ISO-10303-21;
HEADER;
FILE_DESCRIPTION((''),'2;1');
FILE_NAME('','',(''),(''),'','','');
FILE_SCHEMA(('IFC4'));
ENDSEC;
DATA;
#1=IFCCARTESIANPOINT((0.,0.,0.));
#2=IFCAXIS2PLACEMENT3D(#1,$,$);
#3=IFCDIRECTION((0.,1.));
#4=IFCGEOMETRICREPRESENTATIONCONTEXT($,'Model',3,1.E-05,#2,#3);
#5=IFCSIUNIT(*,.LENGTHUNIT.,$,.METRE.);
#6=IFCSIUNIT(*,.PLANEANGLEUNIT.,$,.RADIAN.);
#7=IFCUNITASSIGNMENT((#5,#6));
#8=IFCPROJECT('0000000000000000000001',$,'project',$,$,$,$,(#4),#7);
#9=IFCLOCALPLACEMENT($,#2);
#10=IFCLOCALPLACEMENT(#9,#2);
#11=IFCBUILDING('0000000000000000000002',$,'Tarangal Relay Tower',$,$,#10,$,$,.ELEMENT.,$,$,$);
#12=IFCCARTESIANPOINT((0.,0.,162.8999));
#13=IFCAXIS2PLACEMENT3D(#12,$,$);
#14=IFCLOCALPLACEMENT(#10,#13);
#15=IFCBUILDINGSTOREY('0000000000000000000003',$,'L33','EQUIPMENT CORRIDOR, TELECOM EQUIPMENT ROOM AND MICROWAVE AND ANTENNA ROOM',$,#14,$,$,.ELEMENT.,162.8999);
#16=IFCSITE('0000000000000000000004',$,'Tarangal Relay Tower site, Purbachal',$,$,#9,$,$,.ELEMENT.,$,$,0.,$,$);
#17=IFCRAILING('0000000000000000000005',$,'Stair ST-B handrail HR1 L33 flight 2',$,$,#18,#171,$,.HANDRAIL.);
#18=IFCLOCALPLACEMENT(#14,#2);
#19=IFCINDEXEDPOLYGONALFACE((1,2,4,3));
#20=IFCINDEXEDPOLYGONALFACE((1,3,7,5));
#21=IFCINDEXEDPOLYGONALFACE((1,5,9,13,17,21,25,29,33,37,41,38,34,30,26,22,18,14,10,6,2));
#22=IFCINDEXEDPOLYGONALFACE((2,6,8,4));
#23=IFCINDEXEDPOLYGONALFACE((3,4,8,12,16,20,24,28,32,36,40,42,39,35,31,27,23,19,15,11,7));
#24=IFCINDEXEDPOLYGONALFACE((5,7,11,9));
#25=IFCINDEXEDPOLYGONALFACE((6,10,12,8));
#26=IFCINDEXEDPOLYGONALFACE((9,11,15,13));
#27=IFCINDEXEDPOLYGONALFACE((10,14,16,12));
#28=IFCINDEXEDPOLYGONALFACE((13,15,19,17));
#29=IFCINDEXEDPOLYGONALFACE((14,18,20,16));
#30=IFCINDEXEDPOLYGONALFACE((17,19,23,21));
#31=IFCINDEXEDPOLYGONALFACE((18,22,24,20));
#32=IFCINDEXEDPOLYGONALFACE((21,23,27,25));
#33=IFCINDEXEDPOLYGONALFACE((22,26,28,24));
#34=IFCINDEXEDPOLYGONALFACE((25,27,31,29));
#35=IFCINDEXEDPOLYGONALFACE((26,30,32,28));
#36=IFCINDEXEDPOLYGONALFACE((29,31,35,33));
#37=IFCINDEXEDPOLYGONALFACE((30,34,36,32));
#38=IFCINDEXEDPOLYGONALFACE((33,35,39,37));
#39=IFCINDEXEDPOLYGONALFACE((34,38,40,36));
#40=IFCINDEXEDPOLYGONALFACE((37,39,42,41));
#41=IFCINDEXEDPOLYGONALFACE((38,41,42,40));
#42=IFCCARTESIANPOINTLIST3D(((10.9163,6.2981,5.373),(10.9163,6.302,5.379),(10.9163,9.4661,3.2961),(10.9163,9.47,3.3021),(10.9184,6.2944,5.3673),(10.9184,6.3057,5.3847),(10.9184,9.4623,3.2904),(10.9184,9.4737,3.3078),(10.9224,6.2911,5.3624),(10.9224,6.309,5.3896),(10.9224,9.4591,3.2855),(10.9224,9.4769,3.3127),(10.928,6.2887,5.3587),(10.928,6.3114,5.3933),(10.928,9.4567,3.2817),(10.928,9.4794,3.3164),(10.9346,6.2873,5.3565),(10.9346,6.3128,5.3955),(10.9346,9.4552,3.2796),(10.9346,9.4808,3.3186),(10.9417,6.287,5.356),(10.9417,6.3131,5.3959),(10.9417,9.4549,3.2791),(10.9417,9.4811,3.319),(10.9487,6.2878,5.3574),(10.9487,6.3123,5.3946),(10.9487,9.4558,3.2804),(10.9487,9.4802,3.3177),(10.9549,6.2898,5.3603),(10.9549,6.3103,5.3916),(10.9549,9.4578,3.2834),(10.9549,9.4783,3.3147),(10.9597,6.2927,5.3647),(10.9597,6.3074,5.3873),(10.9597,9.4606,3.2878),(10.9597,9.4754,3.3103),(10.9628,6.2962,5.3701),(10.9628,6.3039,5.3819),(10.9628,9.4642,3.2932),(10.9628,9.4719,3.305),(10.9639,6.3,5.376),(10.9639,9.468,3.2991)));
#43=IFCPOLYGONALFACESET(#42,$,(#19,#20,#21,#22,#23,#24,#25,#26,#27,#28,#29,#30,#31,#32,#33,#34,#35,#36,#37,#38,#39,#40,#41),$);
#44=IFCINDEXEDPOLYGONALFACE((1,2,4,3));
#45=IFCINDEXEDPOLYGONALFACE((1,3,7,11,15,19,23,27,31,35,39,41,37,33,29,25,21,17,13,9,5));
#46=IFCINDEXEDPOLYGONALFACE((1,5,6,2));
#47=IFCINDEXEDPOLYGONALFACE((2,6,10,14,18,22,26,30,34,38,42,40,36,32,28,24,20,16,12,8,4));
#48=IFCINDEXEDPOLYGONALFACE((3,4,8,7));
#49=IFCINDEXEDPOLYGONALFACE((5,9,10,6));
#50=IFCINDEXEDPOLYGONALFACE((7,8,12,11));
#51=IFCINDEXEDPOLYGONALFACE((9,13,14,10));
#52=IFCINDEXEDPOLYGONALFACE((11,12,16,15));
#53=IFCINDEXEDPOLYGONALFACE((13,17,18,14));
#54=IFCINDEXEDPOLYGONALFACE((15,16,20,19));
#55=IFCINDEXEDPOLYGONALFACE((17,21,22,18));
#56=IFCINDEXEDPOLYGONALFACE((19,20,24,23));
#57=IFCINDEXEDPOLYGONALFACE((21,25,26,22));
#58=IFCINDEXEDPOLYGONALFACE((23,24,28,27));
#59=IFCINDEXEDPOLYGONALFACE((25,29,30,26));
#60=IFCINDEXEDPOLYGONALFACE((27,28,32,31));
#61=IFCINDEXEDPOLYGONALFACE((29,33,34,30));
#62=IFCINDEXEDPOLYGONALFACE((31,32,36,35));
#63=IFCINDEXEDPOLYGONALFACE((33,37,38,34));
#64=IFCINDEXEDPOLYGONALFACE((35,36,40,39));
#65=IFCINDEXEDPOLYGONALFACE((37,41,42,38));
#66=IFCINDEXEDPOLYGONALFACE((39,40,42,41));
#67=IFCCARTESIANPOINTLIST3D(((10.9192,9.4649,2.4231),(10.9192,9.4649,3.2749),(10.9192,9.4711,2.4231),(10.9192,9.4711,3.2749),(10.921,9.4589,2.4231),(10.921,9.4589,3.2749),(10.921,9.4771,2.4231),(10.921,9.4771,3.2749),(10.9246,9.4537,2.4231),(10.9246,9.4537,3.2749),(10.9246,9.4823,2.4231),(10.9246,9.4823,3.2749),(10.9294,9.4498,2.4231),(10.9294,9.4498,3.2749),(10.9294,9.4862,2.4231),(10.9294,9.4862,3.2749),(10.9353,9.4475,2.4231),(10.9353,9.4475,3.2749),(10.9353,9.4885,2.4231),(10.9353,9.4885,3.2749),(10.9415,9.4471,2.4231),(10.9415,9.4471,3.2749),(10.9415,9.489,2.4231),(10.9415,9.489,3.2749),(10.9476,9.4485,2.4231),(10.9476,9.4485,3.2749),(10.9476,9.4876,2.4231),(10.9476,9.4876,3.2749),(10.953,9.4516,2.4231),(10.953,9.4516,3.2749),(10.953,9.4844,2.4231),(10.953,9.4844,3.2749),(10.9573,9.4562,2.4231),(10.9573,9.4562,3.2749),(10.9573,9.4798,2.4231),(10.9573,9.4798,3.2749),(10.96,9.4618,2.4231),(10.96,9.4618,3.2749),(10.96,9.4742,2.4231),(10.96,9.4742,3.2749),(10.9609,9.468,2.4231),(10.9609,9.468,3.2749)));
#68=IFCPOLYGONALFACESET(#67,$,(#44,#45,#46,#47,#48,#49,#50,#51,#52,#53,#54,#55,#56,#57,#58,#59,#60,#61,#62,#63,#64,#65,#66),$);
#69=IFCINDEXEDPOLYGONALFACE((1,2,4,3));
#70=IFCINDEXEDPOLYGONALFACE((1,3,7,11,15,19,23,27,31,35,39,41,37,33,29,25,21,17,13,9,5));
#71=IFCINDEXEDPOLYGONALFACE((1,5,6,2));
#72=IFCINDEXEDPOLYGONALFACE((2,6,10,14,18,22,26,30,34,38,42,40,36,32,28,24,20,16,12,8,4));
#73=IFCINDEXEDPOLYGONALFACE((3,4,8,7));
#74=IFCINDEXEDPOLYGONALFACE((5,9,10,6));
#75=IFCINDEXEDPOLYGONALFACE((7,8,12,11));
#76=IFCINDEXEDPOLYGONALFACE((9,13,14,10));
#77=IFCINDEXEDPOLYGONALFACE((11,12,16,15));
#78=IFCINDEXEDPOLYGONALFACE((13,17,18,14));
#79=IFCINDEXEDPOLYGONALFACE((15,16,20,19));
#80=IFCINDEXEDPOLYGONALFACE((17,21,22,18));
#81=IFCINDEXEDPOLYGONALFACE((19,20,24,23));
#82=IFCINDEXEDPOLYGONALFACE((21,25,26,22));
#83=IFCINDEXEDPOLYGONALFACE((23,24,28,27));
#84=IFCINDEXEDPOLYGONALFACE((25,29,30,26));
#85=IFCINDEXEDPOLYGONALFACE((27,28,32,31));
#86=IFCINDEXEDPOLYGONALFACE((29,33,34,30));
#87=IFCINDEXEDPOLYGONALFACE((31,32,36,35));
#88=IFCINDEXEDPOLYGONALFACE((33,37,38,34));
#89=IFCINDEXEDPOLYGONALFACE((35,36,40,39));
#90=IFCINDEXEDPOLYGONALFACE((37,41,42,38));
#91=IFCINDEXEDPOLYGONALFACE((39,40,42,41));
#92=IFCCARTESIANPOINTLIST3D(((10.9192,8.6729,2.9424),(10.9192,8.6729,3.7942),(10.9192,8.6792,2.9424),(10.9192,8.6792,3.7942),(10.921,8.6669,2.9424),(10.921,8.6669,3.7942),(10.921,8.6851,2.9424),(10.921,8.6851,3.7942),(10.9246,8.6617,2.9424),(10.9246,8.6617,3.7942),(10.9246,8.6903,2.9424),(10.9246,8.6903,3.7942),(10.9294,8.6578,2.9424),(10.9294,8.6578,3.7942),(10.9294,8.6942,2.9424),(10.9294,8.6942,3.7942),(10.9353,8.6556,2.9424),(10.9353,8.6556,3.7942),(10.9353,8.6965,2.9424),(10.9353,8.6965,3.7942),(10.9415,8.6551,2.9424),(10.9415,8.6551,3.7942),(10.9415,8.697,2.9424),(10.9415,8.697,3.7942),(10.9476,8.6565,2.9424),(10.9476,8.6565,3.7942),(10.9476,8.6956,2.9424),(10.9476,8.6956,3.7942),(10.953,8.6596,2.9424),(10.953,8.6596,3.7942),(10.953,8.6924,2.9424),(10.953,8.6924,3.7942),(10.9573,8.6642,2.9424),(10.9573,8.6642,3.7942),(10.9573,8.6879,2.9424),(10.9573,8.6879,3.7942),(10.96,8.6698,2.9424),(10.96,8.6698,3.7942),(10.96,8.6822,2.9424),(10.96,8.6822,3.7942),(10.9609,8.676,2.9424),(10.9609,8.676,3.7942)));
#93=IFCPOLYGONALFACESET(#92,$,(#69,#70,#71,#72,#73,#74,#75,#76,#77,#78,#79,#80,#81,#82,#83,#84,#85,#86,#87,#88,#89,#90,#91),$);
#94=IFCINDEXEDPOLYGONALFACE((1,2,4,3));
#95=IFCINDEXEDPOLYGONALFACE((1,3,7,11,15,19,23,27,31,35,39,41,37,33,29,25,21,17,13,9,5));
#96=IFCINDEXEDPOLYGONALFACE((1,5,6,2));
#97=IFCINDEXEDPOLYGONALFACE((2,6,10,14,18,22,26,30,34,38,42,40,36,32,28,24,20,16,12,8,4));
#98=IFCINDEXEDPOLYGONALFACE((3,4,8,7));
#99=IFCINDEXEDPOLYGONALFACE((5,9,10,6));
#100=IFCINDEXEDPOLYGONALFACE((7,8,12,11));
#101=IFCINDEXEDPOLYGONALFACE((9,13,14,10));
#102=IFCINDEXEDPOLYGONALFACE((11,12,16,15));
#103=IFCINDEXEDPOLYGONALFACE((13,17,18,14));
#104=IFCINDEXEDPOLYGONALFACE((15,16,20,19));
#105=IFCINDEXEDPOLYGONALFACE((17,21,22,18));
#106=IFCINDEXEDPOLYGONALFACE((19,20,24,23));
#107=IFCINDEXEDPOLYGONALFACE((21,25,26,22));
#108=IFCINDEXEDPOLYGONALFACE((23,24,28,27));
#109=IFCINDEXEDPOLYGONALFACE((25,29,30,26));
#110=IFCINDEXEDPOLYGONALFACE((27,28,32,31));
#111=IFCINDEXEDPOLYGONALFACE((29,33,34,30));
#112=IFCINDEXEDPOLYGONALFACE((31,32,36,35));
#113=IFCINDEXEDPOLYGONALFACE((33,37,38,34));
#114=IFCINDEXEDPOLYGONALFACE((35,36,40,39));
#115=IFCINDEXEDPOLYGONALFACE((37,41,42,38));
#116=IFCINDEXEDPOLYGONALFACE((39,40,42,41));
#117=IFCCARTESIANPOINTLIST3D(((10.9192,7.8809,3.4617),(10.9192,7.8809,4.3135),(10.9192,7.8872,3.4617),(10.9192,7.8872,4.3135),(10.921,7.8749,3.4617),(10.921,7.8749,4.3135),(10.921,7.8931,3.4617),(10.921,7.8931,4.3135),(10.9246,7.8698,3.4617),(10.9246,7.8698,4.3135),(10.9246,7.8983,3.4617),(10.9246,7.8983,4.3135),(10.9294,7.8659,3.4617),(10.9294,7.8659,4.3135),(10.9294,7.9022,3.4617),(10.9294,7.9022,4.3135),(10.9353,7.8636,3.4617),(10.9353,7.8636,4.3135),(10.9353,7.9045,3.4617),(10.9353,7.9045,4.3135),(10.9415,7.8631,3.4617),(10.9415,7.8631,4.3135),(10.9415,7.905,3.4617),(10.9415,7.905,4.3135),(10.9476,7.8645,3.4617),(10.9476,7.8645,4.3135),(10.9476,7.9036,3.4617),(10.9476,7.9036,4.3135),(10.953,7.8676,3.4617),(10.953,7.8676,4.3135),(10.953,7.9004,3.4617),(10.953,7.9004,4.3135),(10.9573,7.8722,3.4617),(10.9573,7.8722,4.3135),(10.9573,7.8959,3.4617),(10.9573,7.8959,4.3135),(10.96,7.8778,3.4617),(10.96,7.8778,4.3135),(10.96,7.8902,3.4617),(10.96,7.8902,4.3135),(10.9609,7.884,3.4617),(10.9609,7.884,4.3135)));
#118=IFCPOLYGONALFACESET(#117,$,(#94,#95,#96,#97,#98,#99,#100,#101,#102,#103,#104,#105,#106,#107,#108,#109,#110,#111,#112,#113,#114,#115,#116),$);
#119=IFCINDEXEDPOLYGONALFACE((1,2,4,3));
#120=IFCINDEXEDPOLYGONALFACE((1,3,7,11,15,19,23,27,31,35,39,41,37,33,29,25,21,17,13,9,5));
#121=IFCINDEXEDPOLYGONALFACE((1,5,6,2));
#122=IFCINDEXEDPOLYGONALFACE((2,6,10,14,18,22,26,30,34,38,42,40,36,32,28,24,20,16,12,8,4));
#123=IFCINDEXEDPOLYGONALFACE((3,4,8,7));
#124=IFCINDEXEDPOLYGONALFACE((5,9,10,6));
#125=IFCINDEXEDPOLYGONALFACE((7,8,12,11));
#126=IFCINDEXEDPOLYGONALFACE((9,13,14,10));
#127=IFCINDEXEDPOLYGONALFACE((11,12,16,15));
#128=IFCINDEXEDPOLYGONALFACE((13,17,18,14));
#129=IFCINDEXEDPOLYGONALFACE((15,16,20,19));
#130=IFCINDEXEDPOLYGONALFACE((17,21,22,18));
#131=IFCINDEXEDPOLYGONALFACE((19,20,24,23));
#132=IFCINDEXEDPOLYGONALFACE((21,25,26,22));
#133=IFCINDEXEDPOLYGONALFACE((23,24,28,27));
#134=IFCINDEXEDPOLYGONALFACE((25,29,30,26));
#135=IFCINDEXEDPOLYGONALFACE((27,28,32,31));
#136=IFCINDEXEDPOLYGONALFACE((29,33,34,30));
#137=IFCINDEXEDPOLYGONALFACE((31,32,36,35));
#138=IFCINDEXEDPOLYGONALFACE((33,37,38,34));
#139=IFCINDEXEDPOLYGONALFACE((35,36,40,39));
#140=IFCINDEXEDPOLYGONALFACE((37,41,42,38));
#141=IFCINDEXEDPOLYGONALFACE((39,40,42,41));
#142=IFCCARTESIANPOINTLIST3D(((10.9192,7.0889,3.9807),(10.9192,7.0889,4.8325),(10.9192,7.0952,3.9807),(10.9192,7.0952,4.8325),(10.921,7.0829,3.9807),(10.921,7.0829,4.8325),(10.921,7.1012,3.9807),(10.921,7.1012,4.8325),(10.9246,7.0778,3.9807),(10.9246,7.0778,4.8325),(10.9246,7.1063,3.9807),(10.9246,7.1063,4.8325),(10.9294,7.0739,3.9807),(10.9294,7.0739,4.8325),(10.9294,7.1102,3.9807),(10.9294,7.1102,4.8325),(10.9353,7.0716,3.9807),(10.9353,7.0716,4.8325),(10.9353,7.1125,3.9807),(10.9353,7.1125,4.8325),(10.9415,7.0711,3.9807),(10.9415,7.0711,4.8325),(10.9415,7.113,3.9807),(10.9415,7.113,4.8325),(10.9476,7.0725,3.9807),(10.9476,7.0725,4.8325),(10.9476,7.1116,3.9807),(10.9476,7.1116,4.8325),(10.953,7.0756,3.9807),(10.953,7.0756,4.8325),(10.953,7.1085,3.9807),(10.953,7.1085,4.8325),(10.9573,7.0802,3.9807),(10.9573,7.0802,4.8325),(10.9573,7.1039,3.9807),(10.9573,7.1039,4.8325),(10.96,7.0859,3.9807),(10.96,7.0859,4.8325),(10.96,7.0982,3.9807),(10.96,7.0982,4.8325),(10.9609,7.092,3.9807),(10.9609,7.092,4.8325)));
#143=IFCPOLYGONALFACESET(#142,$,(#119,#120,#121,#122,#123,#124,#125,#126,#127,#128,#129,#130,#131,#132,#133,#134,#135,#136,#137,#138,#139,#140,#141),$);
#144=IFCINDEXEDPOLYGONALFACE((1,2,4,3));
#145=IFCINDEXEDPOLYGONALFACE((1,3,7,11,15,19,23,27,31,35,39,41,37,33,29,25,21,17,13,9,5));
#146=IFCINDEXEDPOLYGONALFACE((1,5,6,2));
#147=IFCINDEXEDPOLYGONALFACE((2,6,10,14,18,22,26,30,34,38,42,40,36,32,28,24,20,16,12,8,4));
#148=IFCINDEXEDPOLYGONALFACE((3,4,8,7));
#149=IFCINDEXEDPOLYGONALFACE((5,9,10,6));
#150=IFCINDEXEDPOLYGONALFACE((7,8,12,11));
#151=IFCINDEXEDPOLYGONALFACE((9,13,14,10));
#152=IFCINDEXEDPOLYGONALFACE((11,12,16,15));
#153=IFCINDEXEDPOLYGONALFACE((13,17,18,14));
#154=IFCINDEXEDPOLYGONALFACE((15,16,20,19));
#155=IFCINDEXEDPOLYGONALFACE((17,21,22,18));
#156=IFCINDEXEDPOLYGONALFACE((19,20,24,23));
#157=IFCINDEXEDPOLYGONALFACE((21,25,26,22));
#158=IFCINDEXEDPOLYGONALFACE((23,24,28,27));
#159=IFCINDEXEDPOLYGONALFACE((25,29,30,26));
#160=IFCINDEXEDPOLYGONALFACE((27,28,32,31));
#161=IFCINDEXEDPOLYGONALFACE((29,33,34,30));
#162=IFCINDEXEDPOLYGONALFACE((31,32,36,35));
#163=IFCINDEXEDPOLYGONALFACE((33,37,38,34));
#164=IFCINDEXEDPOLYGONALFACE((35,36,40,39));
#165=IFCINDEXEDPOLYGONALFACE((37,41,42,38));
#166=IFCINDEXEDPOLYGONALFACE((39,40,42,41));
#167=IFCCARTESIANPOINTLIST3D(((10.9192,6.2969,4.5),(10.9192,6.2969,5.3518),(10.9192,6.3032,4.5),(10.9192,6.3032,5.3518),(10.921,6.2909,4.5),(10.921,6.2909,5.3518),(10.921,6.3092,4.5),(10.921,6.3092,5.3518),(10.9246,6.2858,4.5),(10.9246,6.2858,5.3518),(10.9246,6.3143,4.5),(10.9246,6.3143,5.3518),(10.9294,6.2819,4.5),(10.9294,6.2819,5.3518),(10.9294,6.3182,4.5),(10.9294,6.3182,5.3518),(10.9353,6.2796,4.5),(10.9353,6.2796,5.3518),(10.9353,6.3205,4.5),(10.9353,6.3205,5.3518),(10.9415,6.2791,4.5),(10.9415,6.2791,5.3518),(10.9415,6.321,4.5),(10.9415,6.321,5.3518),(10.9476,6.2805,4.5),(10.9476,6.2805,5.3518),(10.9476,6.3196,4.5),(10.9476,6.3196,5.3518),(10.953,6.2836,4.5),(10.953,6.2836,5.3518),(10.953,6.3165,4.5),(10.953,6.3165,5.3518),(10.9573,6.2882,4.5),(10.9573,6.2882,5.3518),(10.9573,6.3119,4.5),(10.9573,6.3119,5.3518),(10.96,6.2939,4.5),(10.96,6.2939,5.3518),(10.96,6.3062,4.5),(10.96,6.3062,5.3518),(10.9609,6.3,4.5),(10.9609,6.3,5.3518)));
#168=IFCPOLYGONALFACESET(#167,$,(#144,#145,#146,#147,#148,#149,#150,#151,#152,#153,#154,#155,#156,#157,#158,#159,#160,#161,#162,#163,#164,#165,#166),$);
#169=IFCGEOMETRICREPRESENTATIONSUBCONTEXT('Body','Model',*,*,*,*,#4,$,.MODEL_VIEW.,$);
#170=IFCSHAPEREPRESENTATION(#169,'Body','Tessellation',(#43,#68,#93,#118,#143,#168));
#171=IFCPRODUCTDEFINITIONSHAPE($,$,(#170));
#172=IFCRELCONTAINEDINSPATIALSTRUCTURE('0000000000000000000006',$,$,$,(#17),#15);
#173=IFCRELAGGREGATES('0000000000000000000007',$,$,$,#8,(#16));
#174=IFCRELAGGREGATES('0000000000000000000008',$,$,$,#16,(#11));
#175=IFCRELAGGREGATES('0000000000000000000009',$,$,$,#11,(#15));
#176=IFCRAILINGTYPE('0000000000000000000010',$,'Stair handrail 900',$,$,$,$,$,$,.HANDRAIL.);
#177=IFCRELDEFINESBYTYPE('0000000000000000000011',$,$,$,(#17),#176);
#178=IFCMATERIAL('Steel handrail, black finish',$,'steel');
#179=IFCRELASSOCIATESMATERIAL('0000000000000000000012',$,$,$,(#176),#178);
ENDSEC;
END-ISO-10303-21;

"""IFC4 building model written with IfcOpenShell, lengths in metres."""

from ifc_helpers import new_model, si_unit, direction, frame, origin, origin_2d, place, context, subcontext, project, spatial, circle, extrude, material, type_object, element, save


model = new_model("IFC4")

# Units and contexts
model_context = context("Model", 3, precision=1e-05, world=origin(), true_north=direction((0.0, 1.0)))
body_context = subcontext(model_context, "Body", "Model", "MODEL_VIEW")
ifc_project = project(units=[si_unit("LENGTHUNIT", "METRE"), si_unit("PLANEANGLEUNIT", "RADIAN")], contexts=[model_context])

# Site, building, storey
site_placement = place(None, origin())
site = spatial("IfcSite", under=ifc_project, at=site_placement, Name="Tarangal Relay Tower site, Purbachal", CompositionType="ELEMENT", RefElevation=0.0)
building_placement = place(site_placement, origin())
building = spatial("IfcBuilding", under=site, at=building_placement, Name="Tarangal Relay Tower", CompositionType="ELEMENT")
storey_placement = place(building_placement, frame((0.0, 0.0, 162.8999)))
storey = spatial("IfcBuildingStorey", under=building, at=storey_placement, Name="L33", Description="EQUIPMENT CORRIDOR, TELECOM EQUIPMENT ROOM AND MICROWAVE AND ANTENNA ROOM", CompositionType="ELEMENT", Elevation=162.8999)

# Railing
ifc_material_1 = material(Name="Steel handrail, black finish", Category="steel")
railing_type = type_object("IfcRailingType", Name="Stair handrail 900", PredefinedType="HANDRAIL", material=ifc_material_1)
railing_placement = place(storey_placement, frame((10.9399, 9.468, 2.4231)))
element("IfcRailing", 1, at=railing_placement, inside=storey, type_object=railing_type, Name="Stair ST-B handrail HR1 L33 flight 2", PredefinedType="HANDRAIL", context=body_context, shape_type="SweptSolid", body=[
    extrude(circle(Radius=0.0239, at=origin_2d()), frame((0.0, 0.0, 0.876), z_axis=(0.0, -0.836299, 0.548273), x_axis=(1.0, 0.0, 0.0)), (0.0, 0.0, 1.0), 3.7881),
    extrude(circle(Radius=0.021, at=origin_2d()), origin(), (0.0, 0.0, 1.0), 0.8518),
    extrude(circle(Radius=0.021, at=origin_2d()), frame((0.0, -0.792, 0.5193)), (0.0, 0.0, 1.0), 0.8518),
    extrude(circle(Radius=0.021, at=origin_2d()), frame((0.0, -1.584, 1.0386)), (0.0, 0.0, 1.0), 0.8518),
    extrude(circle(Radius=0.021, at=origin_2d()), frame((0.0, -2.376, 1.5576)), (0.0, 0.0, 1.0), 0.8518),
    extrude(circle(Radius=0.021, at=origin_2d()), frame((0.0, -3.168, 2.0769)), (0.0, 0.0, 1.0), 0.8518),
])

save(model, "model.ifc")
